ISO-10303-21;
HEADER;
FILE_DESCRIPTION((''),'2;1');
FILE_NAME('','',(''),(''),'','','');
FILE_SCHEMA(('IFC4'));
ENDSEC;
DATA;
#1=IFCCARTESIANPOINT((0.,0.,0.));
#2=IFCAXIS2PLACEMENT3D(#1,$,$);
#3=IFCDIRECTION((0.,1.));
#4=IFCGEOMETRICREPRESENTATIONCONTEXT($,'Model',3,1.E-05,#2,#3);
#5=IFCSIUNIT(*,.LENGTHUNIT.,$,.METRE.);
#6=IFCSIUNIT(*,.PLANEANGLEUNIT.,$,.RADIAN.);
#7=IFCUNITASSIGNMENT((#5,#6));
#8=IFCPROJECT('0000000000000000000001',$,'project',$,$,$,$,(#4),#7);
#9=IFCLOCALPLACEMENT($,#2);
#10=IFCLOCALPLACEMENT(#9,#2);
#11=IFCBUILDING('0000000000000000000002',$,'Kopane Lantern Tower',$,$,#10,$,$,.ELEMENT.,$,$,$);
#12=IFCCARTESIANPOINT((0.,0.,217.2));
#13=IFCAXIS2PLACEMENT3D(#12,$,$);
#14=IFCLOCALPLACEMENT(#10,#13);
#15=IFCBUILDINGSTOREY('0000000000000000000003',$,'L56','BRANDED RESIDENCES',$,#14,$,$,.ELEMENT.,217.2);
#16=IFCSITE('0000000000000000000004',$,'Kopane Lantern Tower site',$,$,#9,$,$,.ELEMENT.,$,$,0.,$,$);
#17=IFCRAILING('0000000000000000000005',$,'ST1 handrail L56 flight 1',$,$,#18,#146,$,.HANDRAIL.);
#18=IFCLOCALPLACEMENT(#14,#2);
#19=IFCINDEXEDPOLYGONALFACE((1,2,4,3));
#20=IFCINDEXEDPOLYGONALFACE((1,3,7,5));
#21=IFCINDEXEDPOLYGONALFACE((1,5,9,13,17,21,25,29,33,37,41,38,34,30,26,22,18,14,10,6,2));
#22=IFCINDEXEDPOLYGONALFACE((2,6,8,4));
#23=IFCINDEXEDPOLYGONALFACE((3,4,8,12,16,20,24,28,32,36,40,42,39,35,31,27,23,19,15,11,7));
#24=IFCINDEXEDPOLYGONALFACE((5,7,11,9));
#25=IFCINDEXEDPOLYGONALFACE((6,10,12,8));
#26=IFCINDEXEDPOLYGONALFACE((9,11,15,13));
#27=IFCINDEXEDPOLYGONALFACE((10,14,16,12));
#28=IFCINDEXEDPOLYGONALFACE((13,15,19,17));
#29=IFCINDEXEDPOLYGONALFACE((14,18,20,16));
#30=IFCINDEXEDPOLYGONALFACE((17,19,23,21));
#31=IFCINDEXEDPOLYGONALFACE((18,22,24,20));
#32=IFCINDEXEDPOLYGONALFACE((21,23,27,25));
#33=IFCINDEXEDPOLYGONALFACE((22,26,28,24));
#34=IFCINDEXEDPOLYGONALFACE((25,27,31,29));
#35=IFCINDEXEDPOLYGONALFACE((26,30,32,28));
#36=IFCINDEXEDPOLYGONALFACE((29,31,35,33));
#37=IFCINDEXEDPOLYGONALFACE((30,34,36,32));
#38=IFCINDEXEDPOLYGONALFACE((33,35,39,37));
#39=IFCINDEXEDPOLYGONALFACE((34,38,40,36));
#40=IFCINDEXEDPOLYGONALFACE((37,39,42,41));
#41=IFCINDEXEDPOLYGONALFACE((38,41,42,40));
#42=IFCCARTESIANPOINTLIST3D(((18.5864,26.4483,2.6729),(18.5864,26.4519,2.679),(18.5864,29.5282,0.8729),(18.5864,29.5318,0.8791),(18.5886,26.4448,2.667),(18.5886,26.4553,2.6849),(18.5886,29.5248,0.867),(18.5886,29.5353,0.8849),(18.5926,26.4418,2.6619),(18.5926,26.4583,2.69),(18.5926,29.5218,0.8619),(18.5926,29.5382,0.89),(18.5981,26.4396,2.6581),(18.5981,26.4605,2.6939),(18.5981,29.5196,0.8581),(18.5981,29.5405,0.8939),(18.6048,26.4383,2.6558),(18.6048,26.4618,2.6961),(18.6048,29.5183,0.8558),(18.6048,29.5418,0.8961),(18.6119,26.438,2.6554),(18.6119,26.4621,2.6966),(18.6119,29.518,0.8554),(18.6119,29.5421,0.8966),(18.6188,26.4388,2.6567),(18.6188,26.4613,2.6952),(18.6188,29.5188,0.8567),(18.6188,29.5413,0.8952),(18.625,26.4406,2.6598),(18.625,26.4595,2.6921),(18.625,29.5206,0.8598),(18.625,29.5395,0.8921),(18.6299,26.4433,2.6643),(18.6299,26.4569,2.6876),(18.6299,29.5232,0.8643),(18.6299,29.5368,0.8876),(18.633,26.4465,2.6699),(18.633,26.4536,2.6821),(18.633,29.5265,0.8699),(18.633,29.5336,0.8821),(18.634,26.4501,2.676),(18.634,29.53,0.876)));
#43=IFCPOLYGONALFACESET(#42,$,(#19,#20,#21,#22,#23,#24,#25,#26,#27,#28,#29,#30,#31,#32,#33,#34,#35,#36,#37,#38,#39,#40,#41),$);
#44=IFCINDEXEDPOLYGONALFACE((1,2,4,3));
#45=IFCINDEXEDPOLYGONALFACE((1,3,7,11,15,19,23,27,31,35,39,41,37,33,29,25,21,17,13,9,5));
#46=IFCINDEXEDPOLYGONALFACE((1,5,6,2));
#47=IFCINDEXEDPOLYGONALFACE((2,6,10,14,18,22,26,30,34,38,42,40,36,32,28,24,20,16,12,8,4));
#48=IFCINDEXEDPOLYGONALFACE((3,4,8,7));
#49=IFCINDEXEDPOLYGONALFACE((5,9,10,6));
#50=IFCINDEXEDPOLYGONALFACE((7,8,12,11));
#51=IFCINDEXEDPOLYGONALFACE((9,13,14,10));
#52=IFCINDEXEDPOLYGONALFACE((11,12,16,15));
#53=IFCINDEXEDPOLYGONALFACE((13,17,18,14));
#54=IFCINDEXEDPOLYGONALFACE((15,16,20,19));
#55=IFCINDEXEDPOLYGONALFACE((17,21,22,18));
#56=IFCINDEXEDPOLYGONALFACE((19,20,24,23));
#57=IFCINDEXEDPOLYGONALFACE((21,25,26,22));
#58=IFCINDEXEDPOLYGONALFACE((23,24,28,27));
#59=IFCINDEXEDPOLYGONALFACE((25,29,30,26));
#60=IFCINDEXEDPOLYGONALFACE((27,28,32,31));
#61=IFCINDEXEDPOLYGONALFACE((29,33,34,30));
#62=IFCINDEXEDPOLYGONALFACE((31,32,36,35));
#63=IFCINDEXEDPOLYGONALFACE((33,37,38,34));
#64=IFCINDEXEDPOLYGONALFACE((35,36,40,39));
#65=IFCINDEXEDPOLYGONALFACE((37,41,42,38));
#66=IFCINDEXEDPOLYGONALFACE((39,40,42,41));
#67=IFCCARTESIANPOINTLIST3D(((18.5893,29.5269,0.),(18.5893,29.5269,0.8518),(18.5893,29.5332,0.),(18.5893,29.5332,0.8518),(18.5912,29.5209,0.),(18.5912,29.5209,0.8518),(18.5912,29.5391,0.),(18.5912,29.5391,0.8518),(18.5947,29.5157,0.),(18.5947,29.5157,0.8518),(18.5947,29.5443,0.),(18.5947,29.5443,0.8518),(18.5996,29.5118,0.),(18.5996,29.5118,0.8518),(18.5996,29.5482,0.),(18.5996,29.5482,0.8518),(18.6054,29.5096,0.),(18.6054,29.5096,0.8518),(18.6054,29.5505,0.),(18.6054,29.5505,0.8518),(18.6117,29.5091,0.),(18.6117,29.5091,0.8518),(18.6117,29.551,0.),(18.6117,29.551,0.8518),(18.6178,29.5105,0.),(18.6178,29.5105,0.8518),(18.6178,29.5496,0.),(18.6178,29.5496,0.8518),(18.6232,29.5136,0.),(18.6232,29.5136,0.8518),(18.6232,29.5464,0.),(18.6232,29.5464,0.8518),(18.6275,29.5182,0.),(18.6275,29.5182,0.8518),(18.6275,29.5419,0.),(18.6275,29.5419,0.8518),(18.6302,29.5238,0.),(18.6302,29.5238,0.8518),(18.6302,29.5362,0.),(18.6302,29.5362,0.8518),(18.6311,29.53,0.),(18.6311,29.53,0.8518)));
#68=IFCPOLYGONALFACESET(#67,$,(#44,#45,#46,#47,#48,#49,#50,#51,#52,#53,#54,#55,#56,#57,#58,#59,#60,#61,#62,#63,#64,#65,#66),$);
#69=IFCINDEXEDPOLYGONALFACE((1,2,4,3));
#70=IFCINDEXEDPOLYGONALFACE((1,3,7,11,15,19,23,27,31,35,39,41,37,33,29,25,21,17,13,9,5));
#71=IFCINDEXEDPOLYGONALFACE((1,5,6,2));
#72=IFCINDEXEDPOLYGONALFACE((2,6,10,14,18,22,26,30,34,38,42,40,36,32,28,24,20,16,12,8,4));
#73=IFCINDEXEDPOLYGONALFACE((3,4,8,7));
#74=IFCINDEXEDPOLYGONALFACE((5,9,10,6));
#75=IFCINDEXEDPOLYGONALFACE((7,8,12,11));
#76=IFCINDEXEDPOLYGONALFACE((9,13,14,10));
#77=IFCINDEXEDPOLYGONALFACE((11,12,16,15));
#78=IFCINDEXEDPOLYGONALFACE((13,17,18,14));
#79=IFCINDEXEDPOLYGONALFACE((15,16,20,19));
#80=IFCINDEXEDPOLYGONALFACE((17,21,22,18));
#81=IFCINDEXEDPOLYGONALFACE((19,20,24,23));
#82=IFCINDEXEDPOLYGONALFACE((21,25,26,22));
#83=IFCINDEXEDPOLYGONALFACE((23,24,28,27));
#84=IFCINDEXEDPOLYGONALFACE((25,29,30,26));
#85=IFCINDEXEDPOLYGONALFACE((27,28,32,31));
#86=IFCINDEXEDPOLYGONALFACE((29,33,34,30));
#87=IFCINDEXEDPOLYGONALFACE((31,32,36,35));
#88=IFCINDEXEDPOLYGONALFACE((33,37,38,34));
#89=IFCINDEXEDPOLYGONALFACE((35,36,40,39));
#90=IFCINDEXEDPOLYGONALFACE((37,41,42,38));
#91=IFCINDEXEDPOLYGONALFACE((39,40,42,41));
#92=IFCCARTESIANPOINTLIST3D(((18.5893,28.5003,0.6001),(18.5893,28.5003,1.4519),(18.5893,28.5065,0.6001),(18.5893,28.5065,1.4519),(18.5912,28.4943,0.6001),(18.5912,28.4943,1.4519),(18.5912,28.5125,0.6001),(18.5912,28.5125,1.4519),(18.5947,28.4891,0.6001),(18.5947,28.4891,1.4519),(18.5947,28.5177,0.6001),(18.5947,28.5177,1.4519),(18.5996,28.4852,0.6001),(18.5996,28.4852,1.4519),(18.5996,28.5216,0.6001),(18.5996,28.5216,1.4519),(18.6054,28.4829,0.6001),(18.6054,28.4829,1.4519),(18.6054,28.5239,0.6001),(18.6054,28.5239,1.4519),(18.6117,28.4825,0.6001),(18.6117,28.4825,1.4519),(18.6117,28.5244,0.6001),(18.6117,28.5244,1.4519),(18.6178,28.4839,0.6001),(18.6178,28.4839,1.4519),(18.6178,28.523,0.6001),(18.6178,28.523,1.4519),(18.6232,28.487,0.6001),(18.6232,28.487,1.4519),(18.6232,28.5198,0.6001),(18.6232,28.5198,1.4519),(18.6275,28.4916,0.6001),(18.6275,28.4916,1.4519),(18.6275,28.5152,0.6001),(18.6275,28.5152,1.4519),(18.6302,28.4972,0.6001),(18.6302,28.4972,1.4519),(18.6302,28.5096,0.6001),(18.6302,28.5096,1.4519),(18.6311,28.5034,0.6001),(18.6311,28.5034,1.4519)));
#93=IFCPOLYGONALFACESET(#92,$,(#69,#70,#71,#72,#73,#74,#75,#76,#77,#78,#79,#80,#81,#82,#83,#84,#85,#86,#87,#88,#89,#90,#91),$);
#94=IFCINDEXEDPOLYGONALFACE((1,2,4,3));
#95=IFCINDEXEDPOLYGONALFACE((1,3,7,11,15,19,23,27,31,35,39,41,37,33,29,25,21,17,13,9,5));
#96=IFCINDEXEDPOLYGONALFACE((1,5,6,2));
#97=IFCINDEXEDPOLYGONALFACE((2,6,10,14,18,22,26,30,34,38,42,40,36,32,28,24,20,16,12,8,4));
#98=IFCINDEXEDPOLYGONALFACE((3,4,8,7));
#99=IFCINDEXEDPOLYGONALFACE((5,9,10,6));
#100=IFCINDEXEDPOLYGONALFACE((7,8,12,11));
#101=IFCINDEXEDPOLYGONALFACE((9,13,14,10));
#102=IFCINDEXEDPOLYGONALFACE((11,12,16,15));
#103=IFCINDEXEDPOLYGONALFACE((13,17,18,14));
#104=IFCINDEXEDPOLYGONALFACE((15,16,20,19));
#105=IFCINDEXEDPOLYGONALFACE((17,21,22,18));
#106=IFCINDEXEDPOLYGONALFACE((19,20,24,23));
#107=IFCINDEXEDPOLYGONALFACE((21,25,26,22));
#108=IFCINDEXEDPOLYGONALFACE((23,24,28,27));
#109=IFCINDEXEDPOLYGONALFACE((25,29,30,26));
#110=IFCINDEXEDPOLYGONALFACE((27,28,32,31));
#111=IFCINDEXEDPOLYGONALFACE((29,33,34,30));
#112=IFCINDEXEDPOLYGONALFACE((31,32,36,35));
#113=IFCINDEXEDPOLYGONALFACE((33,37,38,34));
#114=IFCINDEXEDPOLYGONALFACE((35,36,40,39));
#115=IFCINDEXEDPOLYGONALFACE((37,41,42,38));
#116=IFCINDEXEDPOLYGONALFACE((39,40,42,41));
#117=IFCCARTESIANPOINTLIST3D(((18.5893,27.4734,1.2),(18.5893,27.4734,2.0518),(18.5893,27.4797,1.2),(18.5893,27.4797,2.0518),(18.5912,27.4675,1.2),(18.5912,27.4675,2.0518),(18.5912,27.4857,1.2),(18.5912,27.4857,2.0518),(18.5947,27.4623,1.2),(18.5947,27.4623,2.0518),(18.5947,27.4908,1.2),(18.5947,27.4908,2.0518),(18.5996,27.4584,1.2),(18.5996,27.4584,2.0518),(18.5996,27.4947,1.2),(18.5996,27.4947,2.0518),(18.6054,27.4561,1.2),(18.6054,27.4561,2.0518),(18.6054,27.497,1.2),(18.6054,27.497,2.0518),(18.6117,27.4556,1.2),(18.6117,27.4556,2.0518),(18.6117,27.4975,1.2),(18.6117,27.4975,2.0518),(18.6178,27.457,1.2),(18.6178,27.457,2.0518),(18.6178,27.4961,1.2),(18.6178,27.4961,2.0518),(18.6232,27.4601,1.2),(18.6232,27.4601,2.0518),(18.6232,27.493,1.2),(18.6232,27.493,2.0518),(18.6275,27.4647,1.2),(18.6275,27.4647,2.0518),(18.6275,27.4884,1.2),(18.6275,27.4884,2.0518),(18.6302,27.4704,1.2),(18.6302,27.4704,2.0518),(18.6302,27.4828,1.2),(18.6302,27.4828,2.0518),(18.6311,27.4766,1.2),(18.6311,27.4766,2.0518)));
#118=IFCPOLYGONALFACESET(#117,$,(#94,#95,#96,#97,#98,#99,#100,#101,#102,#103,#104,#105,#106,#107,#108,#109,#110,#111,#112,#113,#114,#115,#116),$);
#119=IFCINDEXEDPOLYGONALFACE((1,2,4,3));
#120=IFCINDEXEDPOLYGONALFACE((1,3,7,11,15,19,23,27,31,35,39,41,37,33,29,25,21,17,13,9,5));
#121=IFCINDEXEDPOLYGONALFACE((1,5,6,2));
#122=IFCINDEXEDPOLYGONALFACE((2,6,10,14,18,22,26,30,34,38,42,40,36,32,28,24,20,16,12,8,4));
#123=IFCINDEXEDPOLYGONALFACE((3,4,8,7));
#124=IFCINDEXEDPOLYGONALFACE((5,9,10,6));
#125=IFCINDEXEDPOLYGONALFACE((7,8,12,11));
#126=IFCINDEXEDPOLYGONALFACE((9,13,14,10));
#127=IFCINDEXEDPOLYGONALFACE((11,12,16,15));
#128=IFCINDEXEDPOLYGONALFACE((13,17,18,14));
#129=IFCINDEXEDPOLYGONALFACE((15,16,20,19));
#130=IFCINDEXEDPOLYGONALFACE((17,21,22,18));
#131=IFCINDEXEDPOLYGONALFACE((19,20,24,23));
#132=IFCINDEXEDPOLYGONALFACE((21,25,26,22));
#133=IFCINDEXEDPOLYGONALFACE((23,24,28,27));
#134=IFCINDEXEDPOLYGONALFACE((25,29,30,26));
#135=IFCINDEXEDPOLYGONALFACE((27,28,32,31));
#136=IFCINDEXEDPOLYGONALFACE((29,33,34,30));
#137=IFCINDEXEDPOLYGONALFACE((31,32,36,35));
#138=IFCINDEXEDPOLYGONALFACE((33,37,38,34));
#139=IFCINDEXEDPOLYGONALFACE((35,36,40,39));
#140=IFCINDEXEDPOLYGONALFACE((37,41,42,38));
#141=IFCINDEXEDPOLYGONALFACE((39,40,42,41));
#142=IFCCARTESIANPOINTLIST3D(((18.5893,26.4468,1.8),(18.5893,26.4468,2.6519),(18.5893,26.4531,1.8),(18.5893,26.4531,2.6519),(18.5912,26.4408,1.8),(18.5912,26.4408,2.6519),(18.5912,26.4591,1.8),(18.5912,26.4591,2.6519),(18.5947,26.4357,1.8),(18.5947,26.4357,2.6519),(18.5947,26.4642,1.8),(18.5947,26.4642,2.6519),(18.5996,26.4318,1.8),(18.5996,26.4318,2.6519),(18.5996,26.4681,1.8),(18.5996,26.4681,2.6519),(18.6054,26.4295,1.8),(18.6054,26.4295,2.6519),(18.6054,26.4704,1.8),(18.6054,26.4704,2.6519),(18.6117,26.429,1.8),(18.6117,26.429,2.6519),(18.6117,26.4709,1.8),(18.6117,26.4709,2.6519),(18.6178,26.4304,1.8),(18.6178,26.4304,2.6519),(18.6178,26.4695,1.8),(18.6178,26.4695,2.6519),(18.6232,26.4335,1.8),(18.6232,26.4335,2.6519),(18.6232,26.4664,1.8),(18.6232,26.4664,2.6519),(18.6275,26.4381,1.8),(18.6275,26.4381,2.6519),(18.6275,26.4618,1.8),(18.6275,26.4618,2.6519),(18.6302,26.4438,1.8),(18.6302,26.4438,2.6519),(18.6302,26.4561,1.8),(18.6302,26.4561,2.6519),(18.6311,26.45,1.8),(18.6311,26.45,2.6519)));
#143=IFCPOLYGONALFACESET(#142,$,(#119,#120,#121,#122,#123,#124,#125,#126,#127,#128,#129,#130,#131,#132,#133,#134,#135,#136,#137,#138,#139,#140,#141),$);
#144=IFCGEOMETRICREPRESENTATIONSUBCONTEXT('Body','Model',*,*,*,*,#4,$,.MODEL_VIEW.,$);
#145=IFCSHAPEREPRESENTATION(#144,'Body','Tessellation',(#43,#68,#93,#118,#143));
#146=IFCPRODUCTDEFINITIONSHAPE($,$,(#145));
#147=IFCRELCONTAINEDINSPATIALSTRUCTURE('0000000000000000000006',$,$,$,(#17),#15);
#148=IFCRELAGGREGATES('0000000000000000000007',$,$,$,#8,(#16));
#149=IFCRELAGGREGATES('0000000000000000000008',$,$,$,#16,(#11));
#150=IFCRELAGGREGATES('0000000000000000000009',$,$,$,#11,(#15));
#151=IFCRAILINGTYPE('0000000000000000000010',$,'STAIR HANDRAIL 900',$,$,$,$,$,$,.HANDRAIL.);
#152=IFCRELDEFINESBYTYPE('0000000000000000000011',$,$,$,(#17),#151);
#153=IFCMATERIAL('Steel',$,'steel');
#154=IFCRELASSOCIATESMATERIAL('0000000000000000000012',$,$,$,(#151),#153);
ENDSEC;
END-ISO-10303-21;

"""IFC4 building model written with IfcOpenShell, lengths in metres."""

from ifc_helpers import new_model, si_unit, direction, frame, origin, origin_2d, place, context, subcontext, project, spatial, circle, extrude, material, type_object, element, save


model = new_model("IFC4")

# Units and contexts
model_context = context("Model", 3, precision=1e-05, world=origin(), true_north=direction((0.0, 1.0)))
body_context = subcontext(model_context, "Body", "Model", "MODEL_VIEW")
ifc_project = project(units=[si_unit("LENGTHUNIT", "METRE"), si_unit("PLANEANGLEUNIT", "RADIAN")], contexts=[model_context])

# Site, building, storey
site_placement = place(None, origin())
site = spatial("IfcSite", under=ifc_project, at=site_placement, Name="Kopane Lantern Tower site", CompositionType="ELEMENT", RefElevation=0.0)
building_placement = place(site_placement, origin())
building = spatial("IfcBuilding", under=site, at=building_placement, Name="Kopane Lantern Tower", CompositionType="ELEMENT")
storey_placement = place(building_placement, frame((0.0, 0.0, 217.2)))
storey = spatial("IfcBuildingStorey", under=building, at=storey_placement, Name="L56", Description="BRANDED RESIDENCES", CompositionType="ELEMENT", Elevation=217.2)

# Railing
ifc_material_1 = material(Name="Steel", Category="steel")
railing_type_1 = type_object("IfcRailingType", Name="STAIR HANDRAIL 900", PredefinedType="HANDRAIL", material=ifc_material_1)
for number, where, name in (
    (1, (18.6101, 29.53, 0.0), "ST1 handrail L56 flight 1"),
):
    element("IfcRailing", number, at=place(storey_placement, frame(where)), inside=storey, type_object=railing_type_1, Name=name, PredefinedType="HANDRAIL", context=body_context, shape_type="SweptSolid", body=[
        extrude(circle(Radius=0.0239, at=origin_2d()), frame((0.0, 0.0, 0.876), z_axis=(0.0, -0.863372, 0.504569), x_axis=(1.0, 0.0, 0.0)), (0.0, 0.0, 1.0), 3.5674),
        extrude(circle(Radius=0.021, at=origin_2d()), origin(), (0.0, 0.0, 1.0), 0.8518),
        extrude(circle(Radius=0.021, at=origin_2d()), frame((0.0, -1.0266, 0.6001)), (0.0, 0.0, 1.0), 0.8518),
        extrude(circle(Radius=0.021, at=origin_2d()), frame((0.0, -2.0535, 1.2)), (0.0, 0.0, 1.0), 0.8518),
        extrude(circle(Radius=0.021, at=origin_2d()), frame((0.0, -3.0801, 1.8)), (0.0, 0.0, 1.0), 0.8518),
    ])

save(model, "model.ifc")
